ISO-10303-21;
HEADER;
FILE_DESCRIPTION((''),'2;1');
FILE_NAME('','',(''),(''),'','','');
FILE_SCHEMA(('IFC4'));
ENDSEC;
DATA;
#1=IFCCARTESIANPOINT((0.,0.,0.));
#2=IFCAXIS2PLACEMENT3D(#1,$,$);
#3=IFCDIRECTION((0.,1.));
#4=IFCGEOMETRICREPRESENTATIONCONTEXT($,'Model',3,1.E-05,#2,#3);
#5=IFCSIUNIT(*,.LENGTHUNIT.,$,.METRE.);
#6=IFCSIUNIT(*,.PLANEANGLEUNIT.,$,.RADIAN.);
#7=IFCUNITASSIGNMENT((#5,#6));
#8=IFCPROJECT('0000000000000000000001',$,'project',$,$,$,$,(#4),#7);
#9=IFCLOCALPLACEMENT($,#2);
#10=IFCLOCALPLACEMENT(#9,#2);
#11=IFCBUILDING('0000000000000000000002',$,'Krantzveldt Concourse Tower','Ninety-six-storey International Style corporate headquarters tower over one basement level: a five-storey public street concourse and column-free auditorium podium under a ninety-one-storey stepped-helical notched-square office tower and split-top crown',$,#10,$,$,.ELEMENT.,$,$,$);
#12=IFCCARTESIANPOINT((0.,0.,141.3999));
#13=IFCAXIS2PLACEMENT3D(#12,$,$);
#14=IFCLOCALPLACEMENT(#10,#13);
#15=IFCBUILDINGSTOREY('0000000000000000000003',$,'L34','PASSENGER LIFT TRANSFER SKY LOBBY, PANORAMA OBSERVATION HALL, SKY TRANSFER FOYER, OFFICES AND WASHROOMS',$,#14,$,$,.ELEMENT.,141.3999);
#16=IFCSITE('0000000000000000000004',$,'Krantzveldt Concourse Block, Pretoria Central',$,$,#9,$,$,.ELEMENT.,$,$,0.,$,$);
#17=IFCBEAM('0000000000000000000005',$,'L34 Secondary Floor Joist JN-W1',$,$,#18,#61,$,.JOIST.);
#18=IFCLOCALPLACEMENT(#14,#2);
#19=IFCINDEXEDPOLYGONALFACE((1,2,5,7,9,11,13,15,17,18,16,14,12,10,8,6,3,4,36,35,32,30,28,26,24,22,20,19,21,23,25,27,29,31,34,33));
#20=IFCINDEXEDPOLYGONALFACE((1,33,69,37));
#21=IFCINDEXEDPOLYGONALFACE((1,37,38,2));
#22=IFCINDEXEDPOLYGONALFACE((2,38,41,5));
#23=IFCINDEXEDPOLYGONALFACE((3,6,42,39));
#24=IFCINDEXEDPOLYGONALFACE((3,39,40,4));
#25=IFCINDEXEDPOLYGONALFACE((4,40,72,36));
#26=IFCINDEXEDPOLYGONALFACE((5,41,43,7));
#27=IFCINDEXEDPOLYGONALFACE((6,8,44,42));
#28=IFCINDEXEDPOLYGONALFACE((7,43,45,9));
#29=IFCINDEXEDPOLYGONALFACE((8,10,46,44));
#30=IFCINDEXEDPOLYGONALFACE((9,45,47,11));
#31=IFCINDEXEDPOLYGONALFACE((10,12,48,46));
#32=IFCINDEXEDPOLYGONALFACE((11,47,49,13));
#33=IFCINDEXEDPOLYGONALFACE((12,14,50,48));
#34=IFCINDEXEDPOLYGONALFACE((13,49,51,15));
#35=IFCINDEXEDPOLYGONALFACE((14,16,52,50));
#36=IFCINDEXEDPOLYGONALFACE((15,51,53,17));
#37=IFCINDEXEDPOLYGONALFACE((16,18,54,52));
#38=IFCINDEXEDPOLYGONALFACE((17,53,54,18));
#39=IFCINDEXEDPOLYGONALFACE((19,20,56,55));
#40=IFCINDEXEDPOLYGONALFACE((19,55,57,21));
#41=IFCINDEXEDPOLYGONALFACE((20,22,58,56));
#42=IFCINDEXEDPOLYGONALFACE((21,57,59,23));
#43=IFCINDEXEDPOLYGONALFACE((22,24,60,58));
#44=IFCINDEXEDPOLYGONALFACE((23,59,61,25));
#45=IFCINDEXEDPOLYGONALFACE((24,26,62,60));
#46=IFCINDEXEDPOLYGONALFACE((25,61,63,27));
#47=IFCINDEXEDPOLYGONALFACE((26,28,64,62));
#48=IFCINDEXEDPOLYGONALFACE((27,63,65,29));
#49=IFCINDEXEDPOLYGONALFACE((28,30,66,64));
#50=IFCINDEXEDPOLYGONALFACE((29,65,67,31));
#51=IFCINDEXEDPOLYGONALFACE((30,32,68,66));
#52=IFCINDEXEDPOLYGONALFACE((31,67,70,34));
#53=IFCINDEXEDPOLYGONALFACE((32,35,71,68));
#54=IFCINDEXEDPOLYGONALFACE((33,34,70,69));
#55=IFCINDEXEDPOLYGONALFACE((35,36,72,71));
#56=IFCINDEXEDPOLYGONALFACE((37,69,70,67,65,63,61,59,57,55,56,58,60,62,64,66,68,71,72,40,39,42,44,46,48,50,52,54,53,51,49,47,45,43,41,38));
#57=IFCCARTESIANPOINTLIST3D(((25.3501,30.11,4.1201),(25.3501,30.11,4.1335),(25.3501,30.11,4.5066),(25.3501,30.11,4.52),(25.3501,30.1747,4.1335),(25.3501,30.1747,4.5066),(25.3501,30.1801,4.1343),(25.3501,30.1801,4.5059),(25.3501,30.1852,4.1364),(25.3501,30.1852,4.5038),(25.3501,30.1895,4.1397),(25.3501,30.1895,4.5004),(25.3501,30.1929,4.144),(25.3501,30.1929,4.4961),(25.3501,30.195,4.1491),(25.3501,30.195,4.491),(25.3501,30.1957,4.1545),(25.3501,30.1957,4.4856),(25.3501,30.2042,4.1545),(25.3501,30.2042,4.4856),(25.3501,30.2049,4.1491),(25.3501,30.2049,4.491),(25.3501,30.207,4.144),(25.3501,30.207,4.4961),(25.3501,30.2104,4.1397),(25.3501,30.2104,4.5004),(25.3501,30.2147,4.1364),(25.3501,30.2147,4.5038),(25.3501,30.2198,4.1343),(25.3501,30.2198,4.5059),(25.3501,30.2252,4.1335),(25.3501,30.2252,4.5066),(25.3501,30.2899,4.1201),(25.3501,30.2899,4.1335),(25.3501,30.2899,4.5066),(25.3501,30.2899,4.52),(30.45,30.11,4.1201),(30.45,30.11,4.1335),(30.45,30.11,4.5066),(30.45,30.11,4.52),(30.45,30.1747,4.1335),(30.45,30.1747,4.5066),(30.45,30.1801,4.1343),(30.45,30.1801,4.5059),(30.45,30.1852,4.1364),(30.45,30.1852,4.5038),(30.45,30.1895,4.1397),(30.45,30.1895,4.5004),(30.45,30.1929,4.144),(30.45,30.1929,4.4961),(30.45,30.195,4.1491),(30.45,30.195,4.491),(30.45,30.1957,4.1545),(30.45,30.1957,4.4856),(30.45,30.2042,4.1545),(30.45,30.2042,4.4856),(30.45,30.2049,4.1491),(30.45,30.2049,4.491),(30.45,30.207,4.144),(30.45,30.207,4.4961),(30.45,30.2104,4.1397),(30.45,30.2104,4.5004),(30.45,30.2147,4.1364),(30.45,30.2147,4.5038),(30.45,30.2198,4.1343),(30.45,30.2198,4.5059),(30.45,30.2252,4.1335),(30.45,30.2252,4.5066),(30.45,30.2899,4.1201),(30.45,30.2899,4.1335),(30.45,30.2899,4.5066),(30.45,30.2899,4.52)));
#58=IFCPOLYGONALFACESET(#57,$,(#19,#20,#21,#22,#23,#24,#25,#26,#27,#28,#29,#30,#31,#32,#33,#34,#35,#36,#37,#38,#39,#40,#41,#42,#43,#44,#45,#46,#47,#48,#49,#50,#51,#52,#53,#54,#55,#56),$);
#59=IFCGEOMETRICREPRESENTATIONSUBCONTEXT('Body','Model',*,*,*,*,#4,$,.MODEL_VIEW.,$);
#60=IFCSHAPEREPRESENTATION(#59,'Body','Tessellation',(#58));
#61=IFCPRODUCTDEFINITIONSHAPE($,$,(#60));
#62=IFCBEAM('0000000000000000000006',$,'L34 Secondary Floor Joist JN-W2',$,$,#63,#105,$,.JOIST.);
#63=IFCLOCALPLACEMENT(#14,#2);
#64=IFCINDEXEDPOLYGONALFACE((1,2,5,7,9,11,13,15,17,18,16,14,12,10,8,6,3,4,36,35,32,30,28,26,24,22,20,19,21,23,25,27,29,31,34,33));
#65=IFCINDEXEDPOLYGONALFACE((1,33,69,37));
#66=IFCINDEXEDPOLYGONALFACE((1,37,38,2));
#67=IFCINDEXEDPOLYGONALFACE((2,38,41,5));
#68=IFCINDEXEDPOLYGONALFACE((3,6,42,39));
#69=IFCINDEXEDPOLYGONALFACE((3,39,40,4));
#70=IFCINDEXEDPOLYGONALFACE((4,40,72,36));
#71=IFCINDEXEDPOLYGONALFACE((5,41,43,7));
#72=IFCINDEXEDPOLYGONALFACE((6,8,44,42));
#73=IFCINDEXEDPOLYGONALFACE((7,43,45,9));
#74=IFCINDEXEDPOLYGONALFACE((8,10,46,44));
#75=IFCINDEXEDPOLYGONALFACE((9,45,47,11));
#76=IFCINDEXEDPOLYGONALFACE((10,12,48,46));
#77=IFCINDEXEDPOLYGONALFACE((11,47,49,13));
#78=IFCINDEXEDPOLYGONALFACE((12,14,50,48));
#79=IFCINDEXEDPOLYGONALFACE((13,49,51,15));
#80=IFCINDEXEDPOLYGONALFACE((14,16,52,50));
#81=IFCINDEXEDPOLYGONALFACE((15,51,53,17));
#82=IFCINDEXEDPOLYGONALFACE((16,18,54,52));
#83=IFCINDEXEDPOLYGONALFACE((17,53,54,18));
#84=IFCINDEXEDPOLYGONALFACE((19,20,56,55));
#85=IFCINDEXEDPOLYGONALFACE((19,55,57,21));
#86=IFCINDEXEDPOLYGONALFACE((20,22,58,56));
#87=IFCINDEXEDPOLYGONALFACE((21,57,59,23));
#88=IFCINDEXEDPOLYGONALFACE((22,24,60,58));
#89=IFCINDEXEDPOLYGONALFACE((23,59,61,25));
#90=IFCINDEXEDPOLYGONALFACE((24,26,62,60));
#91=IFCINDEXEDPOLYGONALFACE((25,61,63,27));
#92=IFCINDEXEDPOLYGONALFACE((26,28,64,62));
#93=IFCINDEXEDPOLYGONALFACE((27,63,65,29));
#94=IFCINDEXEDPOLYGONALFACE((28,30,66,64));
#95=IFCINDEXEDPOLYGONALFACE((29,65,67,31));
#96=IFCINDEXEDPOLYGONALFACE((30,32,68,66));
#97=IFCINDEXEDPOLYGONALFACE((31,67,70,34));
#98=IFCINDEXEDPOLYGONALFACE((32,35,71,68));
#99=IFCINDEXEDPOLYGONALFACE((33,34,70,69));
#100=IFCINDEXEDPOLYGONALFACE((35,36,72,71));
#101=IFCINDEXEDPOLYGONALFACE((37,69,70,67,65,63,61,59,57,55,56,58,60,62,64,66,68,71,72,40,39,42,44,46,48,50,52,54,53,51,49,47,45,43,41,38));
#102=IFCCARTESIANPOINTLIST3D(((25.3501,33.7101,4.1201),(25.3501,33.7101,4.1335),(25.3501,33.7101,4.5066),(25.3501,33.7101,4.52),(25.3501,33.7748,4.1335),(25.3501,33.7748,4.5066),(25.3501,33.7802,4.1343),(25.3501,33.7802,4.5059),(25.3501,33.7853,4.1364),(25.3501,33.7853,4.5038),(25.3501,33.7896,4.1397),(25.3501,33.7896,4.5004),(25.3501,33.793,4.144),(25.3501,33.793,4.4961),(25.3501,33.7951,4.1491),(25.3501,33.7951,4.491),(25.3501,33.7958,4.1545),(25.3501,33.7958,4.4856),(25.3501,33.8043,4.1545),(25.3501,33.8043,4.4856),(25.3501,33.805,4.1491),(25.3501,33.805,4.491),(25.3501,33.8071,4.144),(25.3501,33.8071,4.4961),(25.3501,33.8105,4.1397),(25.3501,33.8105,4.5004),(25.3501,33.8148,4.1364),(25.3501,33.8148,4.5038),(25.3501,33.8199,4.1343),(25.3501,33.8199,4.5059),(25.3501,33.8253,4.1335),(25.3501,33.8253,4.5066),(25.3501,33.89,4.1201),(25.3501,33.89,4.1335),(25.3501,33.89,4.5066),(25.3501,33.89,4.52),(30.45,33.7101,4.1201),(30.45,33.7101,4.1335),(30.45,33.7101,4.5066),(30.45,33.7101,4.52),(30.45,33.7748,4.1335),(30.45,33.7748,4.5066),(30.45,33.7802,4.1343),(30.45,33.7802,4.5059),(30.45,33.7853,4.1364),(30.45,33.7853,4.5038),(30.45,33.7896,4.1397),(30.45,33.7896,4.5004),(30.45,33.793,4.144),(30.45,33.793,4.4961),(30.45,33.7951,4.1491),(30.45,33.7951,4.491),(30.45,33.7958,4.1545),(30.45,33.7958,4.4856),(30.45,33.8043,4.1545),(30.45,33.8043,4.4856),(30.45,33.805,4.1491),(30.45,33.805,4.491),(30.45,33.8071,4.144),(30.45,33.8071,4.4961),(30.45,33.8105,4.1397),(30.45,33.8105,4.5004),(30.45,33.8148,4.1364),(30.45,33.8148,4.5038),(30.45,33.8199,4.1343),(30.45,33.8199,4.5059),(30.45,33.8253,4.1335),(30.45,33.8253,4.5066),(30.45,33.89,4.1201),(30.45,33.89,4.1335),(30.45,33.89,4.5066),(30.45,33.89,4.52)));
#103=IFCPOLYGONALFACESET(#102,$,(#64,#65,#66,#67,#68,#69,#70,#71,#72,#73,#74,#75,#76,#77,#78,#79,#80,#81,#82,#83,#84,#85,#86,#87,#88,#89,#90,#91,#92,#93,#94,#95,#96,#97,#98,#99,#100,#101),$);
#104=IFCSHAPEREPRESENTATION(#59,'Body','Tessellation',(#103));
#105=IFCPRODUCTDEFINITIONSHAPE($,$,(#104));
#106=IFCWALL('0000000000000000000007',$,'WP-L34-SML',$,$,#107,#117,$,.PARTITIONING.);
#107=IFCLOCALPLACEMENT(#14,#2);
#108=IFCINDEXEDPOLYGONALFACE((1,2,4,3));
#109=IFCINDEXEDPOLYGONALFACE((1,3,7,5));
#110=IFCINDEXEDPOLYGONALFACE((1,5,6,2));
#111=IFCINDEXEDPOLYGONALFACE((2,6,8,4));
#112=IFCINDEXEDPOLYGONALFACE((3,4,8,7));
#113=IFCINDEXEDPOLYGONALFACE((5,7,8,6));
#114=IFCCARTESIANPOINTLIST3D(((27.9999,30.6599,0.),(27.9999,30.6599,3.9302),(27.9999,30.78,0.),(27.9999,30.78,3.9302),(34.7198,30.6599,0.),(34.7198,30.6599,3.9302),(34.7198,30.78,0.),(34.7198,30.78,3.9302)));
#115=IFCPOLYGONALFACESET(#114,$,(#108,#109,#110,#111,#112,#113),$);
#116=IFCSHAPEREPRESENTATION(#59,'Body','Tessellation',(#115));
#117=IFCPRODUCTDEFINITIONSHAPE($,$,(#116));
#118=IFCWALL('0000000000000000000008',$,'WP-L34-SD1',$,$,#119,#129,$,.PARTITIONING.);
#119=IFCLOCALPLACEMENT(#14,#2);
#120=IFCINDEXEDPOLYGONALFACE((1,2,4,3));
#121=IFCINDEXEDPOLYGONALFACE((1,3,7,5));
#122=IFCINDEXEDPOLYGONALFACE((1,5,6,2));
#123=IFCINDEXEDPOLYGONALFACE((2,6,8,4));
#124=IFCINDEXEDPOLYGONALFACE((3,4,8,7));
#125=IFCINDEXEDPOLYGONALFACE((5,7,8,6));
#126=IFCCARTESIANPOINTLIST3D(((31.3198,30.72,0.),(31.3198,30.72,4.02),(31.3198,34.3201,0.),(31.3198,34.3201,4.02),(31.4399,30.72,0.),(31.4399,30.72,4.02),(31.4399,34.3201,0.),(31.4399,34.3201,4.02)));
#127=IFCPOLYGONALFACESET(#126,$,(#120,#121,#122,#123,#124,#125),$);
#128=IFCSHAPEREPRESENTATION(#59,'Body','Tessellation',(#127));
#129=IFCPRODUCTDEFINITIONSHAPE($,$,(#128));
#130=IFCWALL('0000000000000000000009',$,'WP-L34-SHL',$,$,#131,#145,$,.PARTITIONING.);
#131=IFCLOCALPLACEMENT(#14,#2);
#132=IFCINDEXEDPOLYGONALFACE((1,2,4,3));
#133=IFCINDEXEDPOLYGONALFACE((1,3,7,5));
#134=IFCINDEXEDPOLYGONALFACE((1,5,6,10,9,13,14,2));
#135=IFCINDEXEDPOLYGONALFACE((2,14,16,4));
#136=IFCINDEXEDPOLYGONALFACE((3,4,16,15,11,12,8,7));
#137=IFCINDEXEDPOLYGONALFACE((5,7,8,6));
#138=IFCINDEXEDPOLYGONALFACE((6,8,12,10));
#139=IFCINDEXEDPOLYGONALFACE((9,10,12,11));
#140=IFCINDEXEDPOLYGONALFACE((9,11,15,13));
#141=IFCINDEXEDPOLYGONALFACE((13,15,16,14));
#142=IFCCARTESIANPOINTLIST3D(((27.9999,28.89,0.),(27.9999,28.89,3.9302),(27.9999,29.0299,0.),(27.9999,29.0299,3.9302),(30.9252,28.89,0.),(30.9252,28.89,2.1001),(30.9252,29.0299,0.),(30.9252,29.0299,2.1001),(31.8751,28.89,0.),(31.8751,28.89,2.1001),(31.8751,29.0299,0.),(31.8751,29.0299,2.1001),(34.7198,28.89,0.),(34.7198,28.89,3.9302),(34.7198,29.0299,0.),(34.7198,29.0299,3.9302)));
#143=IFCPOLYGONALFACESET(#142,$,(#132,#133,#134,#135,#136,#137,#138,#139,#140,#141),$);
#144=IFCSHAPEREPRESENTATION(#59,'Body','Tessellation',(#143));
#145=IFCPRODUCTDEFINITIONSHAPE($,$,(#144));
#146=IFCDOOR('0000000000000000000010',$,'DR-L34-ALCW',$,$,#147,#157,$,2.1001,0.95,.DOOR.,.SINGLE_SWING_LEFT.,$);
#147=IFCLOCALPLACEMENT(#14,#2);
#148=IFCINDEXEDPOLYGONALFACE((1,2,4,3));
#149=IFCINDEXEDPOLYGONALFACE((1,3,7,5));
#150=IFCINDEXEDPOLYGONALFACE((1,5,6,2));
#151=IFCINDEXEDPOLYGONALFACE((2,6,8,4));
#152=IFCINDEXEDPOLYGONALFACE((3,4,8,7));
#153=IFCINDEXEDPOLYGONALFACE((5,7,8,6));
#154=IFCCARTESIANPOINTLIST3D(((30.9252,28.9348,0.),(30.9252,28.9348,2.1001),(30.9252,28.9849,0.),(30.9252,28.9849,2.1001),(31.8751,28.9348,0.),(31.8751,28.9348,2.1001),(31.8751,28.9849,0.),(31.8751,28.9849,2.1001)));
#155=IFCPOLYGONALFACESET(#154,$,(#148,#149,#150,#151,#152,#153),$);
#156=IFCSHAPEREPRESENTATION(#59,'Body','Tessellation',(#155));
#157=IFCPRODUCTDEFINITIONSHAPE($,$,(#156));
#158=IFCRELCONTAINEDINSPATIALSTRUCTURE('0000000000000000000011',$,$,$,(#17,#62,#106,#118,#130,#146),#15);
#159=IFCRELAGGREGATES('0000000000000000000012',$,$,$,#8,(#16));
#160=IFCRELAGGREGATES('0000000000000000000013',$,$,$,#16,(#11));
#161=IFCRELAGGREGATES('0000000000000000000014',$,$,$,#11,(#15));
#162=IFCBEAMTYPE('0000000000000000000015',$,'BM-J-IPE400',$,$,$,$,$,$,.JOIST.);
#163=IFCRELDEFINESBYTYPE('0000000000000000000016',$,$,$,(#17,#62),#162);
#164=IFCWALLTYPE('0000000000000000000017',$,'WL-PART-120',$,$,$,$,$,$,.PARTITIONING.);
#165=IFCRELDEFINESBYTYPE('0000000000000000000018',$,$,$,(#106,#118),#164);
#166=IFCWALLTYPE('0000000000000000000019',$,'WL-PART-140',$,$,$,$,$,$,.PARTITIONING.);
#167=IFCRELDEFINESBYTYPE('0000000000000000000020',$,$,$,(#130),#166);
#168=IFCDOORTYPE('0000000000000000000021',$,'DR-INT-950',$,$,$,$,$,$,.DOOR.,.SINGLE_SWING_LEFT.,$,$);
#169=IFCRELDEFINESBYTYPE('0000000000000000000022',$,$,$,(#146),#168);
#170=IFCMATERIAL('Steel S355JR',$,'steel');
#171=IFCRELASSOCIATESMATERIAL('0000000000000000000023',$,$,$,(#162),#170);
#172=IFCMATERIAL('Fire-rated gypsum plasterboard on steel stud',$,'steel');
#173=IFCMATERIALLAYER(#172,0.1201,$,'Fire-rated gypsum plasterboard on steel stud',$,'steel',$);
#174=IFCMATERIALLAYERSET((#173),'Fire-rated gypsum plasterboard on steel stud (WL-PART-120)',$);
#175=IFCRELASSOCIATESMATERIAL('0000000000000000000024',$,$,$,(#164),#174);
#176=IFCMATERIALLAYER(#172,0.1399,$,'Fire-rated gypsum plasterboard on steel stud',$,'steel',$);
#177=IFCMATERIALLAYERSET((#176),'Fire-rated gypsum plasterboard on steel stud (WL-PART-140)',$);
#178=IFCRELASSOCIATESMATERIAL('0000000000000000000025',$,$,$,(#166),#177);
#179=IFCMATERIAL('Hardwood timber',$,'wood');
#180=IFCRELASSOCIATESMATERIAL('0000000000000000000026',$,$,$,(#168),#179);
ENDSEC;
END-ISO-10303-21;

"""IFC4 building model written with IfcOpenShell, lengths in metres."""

from ifc_helpers import new_model, si_unit, direction, frame, frame_2d, origin, origin_2d, place, context, subcontext, project, spatial, rectangle, i_section, extrude, source, transform, mapped, material, layer, layer_set, material_profile, profile_set, type_object, type_shapes, element, fill, save


model = new_model("IFC4")

# Units and contexts
model_context = context("Model", 3, precision=1e-05, world=origin(), true_north=direction((0.0, 1.0)))
body_context = subcontext(model_context, "Body", "Model", "MODEL_VIEW")
ifc_project = project(units=[si_unit("LENGTHUNIT", "METRE"), si_unit("PLANEANGLEUNIT", "RADIAN")], contexts=[model_context])

# Site, building, storey
site_placement = place(None, origin())
site = spatial("IfcSite", under=ifc_project, at=site_placement, Name="Krantzveldt Concourse Block, Pretoria Central", CompositionType="ELEMENT", RefElevation=0.0)
building_placement = place(site_placement, origin())
building = spatial("IfcBuilding", under=site, at=building_placement, Name="Krantzveldt Concourse Tower", Description="Ninety-six-storey International Style corporate headquarters tower over one basement level: a five-storey public street concourse and column-free auditorium podium under a ninety-one-storey stepped-helical notched-square office tower and split-top crown", CompositionType="ELEMENT")
storey_placement = place(building_placement, frame((0.0, 0.0, 141.3999)))
storey = spatial("IfcBuildingStorey", under=building, at=storey_placement, Name="L34", Description="PASSENGER LIFT TRANSFER SKY LOBBY, PANORAMA OBSERVATION HALL, SKY TRANSFER FOYER, OFFICES AND WASHROOMS", CompositionType="ELEMENT", Elevation=141.3999)

# Beams
ifc_material_1 = material(Name="Steel S355JR", Category="steel")
ifc_material_profile_1 = material_profile(ifc_material_1, i_section(OverallWidth=0.1799, OverallDepth=0.3999, WebThickness=0.0085, FlangeThickness=0.0134, FilletRadius=0.021, at=origin_2d()), Name="Steel S355JR", Category="steel")
ifc_profile_set_1 = profile_set([ifc_material_profile_1], Name="Steel S355JR - IPE 400")
beam_type_1 = type_object("IfcBeamType", Name="BM-J-IPE400", PredefinedType="JOIST", material=ifc_profile_set_1)
shared_shape_1 = source(origin(), body_context, "Body", "SweptSolid", [
    extrude(i_section(OverallWidth=0.1799, OverallDepth=0.3999, WebThickness=0.0085, FlangeThickness=0.0134, FilletRadius=0.021, at=origin_2d()), origin(), (0.0, 0.0, 1.0), 5.0999),
])
type_shapes(beam_type_1, [shared_shape_1])
for number, where, z_axis, x_axis, name in (
    (1, (25.3501, 30.2, 4.3201), (1.0, 0.0, 0.0), (0.0, 1.0, 0.0), "L34 Secondary Floor Joist JN-W1"),
    (2, (25.3501, 33.8, 4.3201), (1.0, 0.0, 0.0), (0.0, 1.0, 0.0), "L34 Secondary Floor Joist JN-W2"),
):
    element("IfcBeam", number, at=place(storey_placement, frame(where, z_axis=z_axis, x_axis=x_axis)), inside=storey, type_object=beam_type_1, Name=name, PredefinedType="JOIST", context=body_context, shape_type="MappedRepresentation", body=[
        mapped(shared_shape_1, transform((0.0, 0.0, 0.0), x_axis=(1.0, 0.0, 0.0), y_axis=(0.0, 1.0, 0.0), z_axis=(0.0, 0.0, 1.0), scale=1.0)),
    ])

# Walls
ifc_material_2 = material(Name="Fire-rated gypsum plasterboard on steel stud", Category="steel")
ifc_layer_1 = layer(ifc_material_2, 0.1201, Name="Fire-rated gypsum plasterboard on steel stud", Category="steel")
ifc_layer_set_1 = layer_set([ifc_layer_1], Name="Fire-rated gypsum plasterboard on steel stud (WL-PART-120)")
wall_type_1 = type_object("IfcWallType", Name="WL-PART-120", PredefinedType="PARTITIONING", material=ifc_layer_set_1)
wall_1_placement = place(storey_placement, frame((28.0, 30.72, 0.0), z_axis=(0.0, 0.0, 1.0), x_axis=(1.0, 0.0, 0.0)))
element("IfcWall", 3, at=wall_1_placement, inside=storey, type_object=wall_type_1, Name="WP-L34-SML", PredefinedType="PARTITIONING", context=body_context, shape_type="SweptSolid", body=[
    extrude(rectangle(XDim=6.72, YDim=0.1201, at=frame_2d((3.3599, 0.0))), origin(), (0.0, 0.0, 1.0), 3.9302),
])
wall_2_placement = place(storey_placement, frame((31.3799, 30.72, 0.0), z_axis=(0.0, 0.0, 1.0), x_axis=(0.0, 1.0, 0.0)))
element("IfcWall", 4, at=wall_2_placement, inside=storey, type_object=wall_type_1, Name="WP-L34-SD1", PredefinedType="PARTITIONING", context=body_context, shape_type="SweptSolid", body=[
    extrude(rectangle(XDim=3.6001, YDim=0.1201, at=frame_2d((1.8, 0.0))), origin(), (0.0, 0.0, 1.0), 4.02),
])

# Wall, opening, door
ifc_layer_2 = layer(ifc_material_2, 0.1399, Name="Fire-rated gypsum plasterboard on steel stud", Category="steel")
ifc_layer_set_2 = layer_set([ifc_layer_2], Name="Fire-rated gypsum plasterboard on steel stud (WL-PART-140)")
wall_type_2 = type_object("IfcWallType", Name="WL-PART-140", PredefinedType="PARTITIONING", material=ifc_layer_set_2)
wall_3_placement = place(storey_placement, frame((28.0, 28.96, 0.0), z_axis=(0.0, 0.0, 1.0), x_axis=(1.0, 0.0, 0.0)))
wall_3 = element("IfcWall", 5, at=wall_3_placement, inside=storey, type_object=wall_type_2, Name="WP-L34-SHL", PredefinedType="PARTITIONING", context=body_context, shape_type="SweptSolid", body=[
    extrude(rectangle(XDim=6.72, YDim=0.1399, at=frame_2d((3.3599, 0.0))), origin(), (0.0, 0.0, 1.0), 3.9302),
])
opening_1_placement = place(wall_3_placement, frame((2.925, 0.0, 0.0)))
opening_1 = element("IfcOpeningElement", 6, at=opening_1_placement, cuts=wall_3, PredefinedType="OPENING", context=body_context, shape_type="SweptSolid", body=[
    extrude(rectangle(XDim=0.95, YDim=2.1001, at=frame_2d((0.4751, 1.05))), frame((0.0, 0.0801, 0.0), z_axis=(0.0, -1.0, 0.0), x_axis=(1.0, 0.0, 0.0)), (0.0, 0.0, 1.0), 0.1599),
])
ifc_material_3 = material(Name="Hardwood timber", Category="wood")
door_type_1 = type_object("IfcDoorType", Name="DR-INT-950", OperationType="SINGLE_SWING_LEFT", PredefinedType="DOOR", material=ifc_material_3)
door_1_placement = place(opening_1_placement, origin())
door_1 = element("IfcDoor", 7, at=door_1_placement, inside=storey, type_object=door_type_1, Name="DR-L34-ALCW", OperationType="SINGLE_SWING_LEFT", OverallHeight=2.1001, OverallWidth=0.95, PredefinedType="DOOR", context=body_context, shape_type="SweptSolid", body=[
    extrude(rectangle(XDim=0.95, YDim=2.1001, at=frame_2d((0.4751, 1.05))), frame((0.0, 0.0249, 0.0), z_axis=(0.0, -1.0, 0.0), x_axis=(1.0, 0.0, 0.0)), (0.0, 0.0, 1.0), 0.05),
])
fill(opening_1, door_1)

save(model, "model.ifc")
